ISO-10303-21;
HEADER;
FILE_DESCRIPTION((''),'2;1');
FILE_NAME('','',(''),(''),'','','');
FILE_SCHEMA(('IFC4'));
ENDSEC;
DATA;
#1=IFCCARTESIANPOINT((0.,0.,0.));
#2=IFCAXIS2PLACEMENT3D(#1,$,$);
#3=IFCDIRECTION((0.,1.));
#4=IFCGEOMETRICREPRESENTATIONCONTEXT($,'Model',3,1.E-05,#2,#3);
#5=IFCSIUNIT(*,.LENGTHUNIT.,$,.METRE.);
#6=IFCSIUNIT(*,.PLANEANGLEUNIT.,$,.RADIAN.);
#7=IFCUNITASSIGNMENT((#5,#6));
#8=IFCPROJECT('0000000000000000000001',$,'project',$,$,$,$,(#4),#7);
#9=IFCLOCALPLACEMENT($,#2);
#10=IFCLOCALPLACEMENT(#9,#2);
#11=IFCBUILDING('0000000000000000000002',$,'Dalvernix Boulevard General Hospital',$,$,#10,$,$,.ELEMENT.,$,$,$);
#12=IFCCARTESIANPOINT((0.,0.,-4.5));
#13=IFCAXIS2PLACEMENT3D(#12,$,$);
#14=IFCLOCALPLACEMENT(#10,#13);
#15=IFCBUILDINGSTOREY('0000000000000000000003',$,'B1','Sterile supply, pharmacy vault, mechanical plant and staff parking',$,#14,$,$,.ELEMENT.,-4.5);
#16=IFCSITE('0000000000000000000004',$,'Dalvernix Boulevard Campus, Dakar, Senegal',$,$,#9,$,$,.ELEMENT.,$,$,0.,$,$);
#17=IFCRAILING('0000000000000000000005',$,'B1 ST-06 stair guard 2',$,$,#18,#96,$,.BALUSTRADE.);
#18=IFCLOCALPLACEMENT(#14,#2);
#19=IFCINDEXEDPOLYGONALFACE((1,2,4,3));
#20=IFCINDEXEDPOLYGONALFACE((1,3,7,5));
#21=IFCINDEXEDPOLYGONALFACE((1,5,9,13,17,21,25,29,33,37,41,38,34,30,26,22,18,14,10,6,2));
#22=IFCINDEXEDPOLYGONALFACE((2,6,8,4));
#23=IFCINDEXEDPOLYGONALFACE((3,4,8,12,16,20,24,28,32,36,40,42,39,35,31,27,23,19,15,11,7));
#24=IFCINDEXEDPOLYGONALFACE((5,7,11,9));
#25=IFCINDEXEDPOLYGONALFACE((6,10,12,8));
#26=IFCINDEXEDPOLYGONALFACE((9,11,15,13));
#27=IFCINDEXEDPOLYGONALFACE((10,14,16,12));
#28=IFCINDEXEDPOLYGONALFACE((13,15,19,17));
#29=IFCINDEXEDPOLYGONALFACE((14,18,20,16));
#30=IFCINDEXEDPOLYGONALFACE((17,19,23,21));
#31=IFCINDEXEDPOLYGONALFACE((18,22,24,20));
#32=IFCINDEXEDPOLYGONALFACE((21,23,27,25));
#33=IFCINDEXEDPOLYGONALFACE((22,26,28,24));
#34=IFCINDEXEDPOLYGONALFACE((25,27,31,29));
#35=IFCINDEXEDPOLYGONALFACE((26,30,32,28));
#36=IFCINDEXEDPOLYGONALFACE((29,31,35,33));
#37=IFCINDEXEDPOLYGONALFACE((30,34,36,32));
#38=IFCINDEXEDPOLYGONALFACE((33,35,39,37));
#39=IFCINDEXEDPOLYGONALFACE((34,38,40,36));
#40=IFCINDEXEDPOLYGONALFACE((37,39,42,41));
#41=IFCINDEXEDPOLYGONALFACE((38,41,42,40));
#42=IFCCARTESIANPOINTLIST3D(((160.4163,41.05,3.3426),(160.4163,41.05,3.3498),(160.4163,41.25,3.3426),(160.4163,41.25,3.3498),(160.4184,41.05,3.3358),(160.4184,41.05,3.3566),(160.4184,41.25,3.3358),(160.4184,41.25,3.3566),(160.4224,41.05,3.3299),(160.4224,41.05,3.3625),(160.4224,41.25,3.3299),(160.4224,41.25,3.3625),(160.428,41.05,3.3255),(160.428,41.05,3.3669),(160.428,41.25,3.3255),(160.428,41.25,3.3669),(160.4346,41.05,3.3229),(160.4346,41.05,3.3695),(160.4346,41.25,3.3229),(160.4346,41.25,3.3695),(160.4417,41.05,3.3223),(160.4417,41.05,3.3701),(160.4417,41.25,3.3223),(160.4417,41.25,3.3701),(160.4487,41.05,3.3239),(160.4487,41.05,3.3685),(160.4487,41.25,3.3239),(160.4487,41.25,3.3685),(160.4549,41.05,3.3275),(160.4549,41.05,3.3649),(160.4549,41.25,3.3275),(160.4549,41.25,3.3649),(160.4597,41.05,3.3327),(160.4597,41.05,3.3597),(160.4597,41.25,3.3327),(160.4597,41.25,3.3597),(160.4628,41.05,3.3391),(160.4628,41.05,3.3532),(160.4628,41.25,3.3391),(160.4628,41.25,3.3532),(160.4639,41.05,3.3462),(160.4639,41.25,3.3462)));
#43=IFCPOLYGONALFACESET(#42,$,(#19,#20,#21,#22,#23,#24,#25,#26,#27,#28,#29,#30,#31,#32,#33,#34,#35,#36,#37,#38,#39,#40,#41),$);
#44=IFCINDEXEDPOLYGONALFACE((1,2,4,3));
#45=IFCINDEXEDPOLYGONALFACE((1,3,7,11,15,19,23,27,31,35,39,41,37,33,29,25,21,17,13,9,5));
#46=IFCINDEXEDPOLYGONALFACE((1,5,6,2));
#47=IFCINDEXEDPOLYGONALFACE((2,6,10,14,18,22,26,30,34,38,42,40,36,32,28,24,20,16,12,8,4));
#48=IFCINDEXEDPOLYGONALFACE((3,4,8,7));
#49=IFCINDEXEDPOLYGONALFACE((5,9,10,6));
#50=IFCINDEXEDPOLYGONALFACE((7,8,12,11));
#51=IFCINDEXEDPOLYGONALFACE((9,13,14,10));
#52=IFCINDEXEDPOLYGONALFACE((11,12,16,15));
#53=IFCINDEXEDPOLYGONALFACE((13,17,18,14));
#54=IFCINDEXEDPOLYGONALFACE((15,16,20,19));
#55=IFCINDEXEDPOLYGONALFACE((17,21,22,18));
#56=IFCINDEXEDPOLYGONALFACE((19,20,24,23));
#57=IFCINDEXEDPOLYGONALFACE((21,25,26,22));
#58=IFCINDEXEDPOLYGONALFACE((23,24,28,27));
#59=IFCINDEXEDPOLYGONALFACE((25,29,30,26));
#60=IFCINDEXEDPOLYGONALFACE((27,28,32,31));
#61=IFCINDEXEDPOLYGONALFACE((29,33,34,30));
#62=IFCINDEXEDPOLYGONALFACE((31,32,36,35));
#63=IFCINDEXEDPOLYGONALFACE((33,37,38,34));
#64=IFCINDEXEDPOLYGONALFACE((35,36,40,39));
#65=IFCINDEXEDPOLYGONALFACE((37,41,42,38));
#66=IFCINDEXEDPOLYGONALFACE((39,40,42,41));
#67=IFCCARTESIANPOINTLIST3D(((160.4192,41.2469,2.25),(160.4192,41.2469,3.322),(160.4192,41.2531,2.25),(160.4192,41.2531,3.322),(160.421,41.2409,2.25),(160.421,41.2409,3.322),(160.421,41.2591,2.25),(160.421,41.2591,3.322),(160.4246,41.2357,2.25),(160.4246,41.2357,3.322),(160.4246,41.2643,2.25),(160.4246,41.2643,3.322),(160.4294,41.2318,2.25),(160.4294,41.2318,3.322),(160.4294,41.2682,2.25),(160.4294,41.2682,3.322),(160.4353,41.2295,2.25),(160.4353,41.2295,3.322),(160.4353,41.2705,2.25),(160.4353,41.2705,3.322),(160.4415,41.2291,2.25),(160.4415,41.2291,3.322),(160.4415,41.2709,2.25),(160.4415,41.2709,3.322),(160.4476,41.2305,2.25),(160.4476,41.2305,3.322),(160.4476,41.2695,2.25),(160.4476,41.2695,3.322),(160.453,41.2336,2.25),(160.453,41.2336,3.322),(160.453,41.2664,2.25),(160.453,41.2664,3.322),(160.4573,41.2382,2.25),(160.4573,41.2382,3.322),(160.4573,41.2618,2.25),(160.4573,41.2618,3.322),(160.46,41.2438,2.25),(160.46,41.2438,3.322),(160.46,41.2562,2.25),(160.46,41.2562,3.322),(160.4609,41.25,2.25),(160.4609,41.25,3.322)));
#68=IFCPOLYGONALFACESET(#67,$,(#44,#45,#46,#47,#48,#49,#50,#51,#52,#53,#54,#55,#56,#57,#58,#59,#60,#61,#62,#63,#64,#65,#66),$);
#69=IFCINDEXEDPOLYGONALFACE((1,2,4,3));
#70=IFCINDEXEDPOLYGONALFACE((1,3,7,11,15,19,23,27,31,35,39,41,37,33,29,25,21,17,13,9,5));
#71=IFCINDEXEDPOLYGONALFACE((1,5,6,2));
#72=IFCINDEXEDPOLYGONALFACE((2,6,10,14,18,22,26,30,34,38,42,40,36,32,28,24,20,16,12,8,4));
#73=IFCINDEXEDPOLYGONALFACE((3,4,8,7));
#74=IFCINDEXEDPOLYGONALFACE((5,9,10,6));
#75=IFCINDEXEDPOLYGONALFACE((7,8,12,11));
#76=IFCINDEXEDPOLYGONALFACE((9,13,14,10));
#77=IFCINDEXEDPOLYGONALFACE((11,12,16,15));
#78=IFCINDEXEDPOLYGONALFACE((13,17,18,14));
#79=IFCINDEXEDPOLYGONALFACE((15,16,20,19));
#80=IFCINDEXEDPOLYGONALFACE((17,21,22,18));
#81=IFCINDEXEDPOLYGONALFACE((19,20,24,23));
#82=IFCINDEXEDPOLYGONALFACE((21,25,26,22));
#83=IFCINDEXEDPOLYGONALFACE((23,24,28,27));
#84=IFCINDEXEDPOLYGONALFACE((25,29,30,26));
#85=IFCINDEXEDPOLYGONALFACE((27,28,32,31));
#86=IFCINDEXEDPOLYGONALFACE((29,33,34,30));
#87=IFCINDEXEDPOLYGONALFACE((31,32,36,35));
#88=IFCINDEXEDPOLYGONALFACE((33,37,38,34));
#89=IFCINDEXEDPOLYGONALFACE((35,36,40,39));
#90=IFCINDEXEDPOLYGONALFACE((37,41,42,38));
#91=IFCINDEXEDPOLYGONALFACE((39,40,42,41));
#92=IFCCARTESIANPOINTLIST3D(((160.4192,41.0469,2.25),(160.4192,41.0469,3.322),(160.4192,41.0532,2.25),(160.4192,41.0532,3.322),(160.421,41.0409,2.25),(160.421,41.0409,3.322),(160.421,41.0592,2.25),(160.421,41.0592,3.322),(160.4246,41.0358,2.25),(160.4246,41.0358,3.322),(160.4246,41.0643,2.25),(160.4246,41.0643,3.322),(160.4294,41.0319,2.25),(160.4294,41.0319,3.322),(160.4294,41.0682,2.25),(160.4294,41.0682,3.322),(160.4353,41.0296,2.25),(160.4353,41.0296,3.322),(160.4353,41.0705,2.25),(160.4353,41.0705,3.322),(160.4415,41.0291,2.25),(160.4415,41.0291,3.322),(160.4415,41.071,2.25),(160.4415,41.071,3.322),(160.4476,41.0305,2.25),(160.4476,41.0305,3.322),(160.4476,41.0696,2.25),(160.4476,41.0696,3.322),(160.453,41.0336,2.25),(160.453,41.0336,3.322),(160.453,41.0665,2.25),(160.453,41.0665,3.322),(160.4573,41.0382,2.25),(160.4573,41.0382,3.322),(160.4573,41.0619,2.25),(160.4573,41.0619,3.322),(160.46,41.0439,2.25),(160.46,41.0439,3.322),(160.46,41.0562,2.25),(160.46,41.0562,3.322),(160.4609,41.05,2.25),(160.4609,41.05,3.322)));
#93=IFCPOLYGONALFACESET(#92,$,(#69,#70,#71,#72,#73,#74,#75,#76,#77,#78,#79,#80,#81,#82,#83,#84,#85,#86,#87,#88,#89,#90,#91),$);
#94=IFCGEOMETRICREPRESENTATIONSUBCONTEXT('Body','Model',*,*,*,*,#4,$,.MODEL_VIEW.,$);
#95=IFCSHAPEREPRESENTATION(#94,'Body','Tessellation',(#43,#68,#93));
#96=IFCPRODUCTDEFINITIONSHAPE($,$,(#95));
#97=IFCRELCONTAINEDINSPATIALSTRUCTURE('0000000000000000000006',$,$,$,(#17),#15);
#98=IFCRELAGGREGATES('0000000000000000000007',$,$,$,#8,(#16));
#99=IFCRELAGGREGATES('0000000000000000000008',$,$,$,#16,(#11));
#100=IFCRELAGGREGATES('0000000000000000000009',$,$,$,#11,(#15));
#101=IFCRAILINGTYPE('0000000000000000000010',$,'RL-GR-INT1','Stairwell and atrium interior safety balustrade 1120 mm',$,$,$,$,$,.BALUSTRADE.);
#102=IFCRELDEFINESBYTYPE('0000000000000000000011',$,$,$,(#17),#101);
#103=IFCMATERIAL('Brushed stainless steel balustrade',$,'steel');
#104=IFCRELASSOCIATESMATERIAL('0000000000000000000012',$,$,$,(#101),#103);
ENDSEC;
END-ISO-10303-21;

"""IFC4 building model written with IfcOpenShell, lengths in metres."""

from ifc_helpers import new_model, si_unit, direction, frame, origin, origin_2d, place, context, subcontext, project, spatial, circle, extrude, material, type_object, element, save


model = new_model("IFC4")

# Units and contexts
model_context = context("Model", 3, precision=1e-05, world=origin(), true_north=direction((0.0, 1.0)))
body_context = subcontext(model_context, "Body", "Model", "MODEL_VIEW")
ifc_project = project(units=[si_unit("LENGTHUNIT", "METRE"), si_unit("PLANEANGLEUNIT", "RADIAN")], contexts=[model_context])

# Site, building, storey
site_placement = place(None, origin())
site = spatial("IfcSite", under=ifc_project, at=site_placement, Name="Dalvernix Boulevard Campus, Dakar, Senegal", CompositionType="ELEMENT", RefElevation=0.0)
building_placement = place(site_placement, origin())
building = spatial("IfcBuilding", under=site, at=building_placement, Name="Dalvernix Boulevard General Hospital", CompositionType="ELEMENT")
storey_placement = place(building_placement, frame((0.0, 0.0, -4.5)))
storey = spatial("IfcBuildingStorey", under=building, at=storey_placement, Name="B1", Description="Sterile supply, pharmacy vault, mechanical plant and staff parking", CompositionType="ELEMENT", Elevation=-4.5)

# Railing
ifc_material_1 = material(Name="Brushed stainless steel balustrade", Category="steel")
railing_type_1 = type_object("IfcRailingType", Name="RL-GR-INT1", Description="Stairwell and atrium interior safety balustrade 1120 mm", PredefinedType="BALUSTRADE", material=ifc_material_1)
railing_1_placement = place(storey_placement, frame((160.4399, 41.25, 2.25)))
element("IfcRailing", 1, at=railing_1_placement, inside=storey, type_object=railing_type_1, Name="B1 ST-06 stair guard 2", PredefinedType="BALUSTRADE", context=body_context, shape_type="SweptSolid", body=[
    extrude(circle(Radius=0.0239, at=origin_2d()), frame((0.0, 0.0, 1.0962), z_axis=(0.0, -1.0, 0.0), x_axis=(1.0, 0.0, 0.0)), (0.0, 0.0, 1.0), 0.2),
    extrude(circle(Radius=0.021, at=origin_2d()), origin(), (0.0, 0.0, 1.0), 1.072),
    extrude(circle(Radius=0.021, at=origin_2d()), frame((0.0, -0.2, 0.0)), (0.0, 0.0, 1.0), 1.072),
])

save(model, "model.ifc")
